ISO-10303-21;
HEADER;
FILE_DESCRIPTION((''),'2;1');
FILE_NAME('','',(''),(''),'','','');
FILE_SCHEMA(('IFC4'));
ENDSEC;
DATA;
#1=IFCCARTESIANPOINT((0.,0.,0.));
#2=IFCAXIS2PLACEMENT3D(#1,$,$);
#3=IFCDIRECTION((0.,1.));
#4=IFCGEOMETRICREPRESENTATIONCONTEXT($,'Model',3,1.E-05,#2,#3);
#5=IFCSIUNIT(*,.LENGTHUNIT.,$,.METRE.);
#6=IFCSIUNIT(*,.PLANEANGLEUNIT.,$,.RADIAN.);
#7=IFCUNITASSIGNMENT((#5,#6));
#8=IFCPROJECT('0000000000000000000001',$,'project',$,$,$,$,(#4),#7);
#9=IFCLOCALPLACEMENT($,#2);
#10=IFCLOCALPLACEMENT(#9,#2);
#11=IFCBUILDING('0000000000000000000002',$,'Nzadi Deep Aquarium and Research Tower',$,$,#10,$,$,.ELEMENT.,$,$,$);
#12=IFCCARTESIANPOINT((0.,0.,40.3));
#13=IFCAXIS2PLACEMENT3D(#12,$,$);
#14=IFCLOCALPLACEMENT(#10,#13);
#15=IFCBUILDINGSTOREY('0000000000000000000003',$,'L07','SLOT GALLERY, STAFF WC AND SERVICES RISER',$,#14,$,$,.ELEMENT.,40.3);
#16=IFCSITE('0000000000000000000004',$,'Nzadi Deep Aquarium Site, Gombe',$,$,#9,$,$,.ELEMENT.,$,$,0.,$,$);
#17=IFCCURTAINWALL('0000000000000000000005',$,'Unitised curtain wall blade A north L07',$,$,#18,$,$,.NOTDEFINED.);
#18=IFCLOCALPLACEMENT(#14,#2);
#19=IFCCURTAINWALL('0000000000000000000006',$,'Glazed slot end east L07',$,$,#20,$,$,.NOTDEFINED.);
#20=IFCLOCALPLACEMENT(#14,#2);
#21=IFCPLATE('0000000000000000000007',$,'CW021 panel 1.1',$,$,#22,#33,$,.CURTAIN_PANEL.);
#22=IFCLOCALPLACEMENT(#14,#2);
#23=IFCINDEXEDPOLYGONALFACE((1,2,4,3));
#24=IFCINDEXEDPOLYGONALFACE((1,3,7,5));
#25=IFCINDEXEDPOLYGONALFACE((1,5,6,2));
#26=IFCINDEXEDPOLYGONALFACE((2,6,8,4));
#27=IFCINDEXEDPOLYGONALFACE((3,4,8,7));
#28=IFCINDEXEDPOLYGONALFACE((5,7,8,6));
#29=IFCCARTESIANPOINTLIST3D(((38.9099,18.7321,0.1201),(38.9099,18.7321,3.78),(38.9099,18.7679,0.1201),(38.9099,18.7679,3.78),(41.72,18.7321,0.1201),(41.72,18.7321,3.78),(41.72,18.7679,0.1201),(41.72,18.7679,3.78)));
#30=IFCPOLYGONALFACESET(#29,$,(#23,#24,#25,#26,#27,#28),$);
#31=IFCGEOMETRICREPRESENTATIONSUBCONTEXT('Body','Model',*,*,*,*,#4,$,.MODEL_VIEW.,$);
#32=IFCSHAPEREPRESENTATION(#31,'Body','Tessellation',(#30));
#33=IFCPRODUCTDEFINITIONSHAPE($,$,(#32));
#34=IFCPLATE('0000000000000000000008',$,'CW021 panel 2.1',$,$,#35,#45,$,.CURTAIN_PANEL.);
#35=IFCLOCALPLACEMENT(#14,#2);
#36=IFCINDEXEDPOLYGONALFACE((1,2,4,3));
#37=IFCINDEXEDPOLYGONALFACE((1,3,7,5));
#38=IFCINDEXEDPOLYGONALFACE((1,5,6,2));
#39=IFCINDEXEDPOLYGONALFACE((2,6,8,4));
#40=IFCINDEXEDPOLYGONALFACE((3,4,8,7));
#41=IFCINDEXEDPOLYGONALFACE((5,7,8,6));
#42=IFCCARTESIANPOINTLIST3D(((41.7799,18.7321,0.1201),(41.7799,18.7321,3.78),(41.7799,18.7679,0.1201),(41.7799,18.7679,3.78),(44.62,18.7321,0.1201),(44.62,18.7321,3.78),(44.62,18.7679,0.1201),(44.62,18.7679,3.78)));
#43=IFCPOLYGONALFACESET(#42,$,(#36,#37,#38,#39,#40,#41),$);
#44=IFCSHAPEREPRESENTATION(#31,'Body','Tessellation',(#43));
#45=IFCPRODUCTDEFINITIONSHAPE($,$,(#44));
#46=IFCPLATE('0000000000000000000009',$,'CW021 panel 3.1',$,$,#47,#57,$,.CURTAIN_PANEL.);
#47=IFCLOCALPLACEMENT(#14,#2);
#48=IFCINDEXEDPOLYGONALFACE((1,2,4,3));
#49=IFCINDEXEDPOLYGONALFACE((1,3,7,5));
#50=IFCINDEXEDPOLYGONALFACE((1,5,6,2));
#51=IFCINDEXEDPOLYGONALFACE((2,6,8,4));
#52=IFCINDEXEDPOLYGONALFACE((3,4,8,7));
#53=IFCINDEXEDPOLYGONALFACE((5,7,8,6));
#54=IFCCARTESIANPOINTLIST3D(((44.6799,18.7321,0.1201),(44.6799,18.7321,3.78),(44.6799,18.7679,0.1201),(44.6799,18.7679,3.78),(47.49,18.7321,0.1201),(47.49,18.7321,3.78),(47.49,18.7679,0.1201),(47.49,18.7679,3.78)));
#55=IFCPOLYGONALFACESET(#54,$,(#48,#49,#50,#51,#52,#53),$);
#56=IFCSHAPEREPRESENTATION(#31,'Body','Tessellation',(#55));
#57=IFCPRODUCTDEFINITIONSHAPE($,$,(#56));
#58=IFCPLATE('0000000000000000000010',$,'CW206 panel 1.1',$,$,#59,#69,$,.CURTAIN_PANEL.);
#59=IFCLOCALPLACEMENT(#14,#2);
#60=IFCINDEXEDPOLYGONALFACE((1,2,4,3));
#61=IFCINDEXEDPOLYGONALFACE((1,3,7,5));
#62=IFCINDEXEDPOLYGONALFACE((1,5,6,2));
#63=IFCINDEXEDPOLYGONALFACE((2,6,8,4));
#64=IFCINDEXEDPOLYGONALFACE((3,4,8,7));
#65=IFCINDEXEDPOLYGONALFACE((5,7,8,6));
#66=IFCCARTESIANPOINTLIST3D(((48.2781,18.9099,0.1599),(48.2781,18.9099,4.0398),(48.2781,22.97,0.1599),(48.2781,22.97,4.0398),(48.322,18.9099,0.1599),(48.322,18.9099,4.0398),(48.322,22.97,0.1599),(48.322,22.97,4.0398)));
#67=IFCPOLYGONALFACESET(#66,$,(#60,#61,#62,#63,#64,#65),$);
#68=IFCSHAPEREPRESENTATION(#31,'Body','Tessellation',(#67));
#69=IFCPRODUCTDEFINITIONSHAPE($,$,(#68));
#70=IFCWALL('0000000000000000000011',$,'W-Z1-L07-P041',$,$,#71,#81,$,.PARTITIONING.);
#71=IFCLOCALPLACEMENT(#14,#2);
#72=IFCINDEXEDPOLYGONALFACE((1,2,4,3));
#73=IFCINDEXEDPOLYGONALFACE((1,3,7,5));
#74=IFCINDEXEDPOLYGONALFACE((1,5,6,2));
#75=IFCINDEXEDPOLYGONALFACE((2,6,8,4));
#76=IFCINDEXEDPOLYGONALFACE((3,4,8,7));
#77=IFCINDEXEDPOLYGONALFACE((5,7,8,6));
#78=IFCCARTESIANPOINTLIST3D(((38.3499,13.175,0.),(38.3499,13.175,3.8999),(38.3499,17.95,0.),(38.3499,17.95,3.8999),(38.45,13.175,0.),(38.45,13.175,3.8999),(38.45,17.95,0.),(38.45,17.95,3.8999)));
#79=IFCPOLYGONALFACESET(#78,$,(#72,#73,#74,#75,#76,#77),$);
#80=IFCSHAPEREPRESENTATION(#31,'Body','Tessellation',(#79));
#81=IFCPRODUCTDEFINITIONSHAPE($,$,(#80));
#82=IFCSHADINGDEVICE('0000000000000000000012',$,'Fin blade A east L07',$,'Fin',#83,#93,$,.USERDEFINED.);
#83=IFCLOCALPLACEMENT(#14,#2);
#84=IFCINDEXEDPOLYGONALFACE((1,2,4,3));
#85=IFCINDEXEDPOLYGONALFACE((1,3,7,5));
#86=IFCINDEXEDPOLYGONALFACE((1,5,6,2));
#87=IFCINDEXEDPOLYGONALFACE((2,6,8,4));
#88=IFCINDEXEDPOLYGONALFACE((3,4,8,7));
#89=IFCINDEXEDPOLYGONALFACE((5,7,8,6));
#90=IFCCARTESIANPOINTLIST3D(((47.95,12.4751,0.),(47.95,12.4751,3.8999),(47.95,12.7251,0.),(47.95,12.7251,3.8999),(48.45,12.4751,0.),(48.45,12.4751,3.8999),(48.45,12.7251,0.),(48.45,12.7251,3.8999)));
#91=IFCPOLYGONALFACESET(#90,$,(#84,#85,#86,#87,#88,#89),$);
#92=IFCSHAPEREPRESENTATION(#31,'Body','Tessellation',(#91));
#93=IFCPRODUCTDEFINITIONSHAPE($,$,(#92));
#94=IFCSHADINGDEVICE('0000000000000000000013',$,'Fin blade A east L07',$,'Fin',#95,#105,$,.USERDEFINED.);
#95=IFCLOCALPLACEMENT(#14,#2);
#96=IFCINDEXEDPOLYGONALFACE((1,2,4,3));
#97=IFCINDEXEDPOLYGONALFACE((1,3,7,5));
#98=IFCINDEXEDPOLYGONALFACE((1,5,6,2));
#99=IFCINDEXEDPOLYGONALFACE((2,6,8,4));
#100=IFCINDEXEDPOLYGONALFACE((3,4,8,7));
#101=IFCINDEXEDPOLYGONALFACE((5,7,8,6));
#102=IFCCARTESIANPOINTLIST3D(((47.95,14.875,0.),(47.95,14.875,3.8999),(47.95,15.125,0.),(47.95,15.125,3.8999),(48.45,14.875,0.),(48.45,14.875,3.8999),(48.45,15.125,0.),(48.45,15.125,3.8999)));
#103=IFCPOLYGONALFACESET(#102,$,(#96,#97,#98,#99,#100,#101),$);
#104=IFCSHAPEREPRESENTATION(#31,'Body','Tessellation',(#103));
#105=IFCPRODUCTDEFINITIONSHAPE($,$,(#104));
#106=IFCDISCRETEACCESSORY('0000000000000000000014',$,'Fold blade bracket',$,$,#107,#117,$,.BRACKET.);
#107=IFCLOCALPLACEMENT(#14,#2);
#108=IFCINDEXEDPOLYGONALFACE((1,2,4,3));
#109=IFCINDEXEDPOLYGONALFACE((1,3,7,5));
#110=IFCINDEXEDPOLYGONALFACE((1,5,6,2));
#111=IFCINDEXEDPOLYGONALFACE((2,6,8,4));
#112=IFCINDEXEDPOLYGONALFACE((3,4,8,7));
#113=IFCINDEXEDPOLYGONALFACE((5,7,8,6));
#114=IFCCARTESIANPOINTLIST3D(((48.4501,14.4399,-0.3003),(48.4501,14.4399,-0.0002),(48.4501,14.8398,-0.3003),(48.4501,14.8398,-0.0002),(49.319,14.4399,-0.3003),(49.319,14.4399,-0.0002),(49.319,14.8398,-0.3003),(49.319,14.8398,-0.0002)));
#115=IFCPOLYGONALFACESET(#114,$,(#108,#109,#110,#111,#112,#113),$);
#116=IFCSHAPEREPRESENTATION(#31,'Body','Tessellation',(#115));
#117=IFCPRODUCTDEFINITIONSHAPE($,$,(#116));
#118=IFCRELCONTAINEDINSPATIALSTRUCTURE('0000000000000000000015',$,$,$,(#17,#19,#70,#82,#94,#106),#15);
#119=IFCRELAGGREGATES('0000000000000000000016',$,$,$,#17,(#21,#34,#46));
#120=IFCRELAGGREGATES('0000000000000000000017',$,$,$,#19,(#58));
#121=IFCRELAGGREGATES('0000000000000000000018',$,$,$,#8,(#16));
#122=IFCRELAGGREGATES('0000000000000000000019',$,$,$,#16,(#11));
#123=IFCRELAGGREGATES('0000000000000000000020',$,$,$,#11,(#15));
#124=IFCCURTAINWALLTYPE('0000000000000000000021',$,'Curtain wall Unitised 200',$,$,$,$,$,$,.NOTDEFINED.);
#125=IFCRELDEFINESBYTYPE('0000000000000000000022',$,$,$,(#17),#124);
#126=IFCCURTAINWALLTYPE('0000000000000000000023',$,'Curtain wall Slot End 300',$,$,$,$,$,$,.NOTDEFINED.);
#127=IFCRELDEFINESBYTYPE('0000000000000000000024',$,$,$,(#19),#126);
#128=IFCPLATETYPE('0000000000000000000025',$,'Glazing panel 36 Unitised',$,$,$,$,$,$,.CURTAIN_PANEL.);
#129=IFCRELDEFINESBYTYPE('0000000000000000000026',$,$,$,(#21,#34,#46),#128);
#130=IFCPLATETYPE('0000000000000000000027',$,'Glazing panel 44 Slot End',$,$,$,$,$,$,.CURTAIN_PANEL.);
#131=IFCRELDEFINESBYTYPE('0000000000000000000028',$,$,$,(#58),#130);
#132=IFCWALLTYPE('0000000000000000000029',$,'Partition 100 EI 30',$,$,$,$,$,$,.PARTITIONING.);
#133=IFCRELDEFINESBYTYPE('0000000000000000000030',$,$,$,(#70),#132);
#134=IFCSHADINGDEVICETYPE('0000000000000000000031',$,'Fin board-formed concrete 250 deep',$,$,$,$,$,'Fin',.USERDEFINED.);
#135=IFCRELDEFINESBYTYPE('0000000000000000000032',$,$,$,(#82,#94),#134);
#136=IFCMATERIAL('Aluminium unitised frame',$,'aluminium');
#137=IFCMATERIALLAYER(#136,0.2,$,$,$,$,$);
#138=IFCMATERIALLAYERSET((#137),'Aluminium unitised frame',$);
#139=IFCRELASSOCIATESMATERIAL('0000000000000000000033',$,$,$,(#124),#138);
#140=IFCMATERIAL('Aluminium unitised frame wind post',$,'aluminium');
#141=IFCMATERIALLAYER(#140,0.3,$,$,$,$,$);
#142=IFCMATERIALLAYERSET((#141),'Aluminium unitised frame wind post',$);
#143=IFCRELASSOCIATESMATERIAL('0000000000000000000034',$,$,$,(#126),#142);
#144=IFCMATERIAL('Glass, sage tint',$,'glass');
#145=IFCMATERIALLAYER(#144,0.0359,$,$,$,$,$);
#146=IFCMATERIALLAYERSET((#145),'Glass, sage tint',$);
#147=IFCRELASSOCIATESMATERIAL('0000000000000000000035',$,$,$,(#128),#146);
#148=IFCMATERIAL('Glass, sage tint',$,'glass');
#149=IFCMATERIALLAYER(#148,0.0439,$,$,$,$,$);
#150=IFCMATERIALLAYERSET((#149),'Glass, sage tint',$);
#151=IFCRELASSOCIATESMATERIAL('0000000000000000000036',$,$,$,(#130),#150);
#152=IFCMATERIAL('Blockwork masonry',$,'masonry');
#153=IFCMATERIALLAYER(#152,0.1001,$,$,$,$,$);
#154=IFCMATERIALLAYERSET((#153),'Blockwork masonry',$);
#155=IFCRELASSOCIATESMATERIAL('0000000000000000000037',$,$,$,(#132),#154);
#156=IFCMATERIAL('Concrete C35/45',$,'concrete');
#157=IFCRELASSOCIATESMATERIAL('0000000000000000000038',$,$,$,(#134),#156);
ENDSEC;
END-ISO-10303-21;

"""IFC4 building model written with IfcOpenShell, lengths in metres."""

from ifc_helpers import new_model, si_unit, direction, frame, frame_2d, origin, origin_2d, place, context, subcontext, project, spatial, rectangle, extrude, material, layer, layer_set, type_object, element, aggregate, save


model = new_model("IFC4")

# Units and contexts
model_context = context("Model", 3, precision=1e-05, world=origin(), true_north=direction((0.0, 1.0)))
body_context = subcontext(model_context, "Body", "Model", "MODEL_VIEW")
ifc_project = project(units=[si_unit("LENGTHUNIT", "METRE"), si_unit("PLANEANGLEUNIT", "RADIAN")], contexts=[model_context])

# Site, building, storey
site_placement = place(None, origin())
site = spatial("IfcSite", under=ifc_project, at=site_placement, Name="Nzadi Deep Aquarium Site, Gombe", CompositionType="ELEMENT", RefElevation=0.0)
building_placement = place(site_placement, origin())
building = spatial("IfcBuilding", under=site, at=building_placement, Name="Nzadi Deep Aquarium and Research Tower", CompositionType="ELEMENT")
storey_placement = place(building_placement, frame((0.0, 0.0, 40.3)))
storey = spatial("IfcBuildingStorey", under=building, at=storey_placement, Name="L07", Description="SLOT GALLERY, STAFF WC AND SERVICES RISER", CompositionType="ELEMENT", Elevation=40.3)

# Shared definitions
ifc_material_1 = material(Name="Aluminium unitised frame", Category="aluminium")
ifc_layer_1 = layer(ifc_material_1, 0.2)
ifc_layer_set_1 = layer_set([ifc_layer_1], Name="Aluminium unitised frame")
curtain_wall_type_1 = type_object("IfcCurtainWallType", Name="Curtain wall Unitised 200", PredefinedType="NOTDEFINED", material=ifc_layer_set_1)

# Curtain walls
curtain_wall_1_placement = place(storey_placement, origin())
curtain_wall_1 = element("IfcCurtainWall", 1, at=curtain_wall_1_placement, inside=storey, type_object=curtain_wall_type_1, Name="Unitised curtain wall blade A north L07", PredefinedType="NOTDEFINED")
ifc_material_2 = material(Name="Aluminium unitised frame wind post", Category="aluminium")
ifc_layer_2 = layer(ifc_material_2, 0.3)
ifc_layer_set_2 = layer_set([ifc_layer_2], Name="Aluminium unitised frame wind post")
curtain_wall_type_2 = type_object("IfcCurtainWallType", Name="Curtain wall Slot End 300", PredefinedType="NOTDEFINED", material=ifc_layer_set_2)
curtain_wall_2_placement = place(storey_placement, origin())
curtain_wall_2 = element("IfcCurtainWall", 2, at=curtain_wall_2_placement, inside=storey, type_object=curtain_wall_type_2, Name="Glazed slot end east L07", PredefinedType="NOTDEFINED")

# Plates
ifc_material_3 = material(Name="Glass, sage tint", Category="glass")
ifc_layer_3 = layer(ifc_material_3, 0.0359)
ifc_layer_set_3 = layer_set([ifc_layer_3], Name="Glass, sage tint")
plate_type_1 = type_object("IfcPlateType", Name="Glazing panel 36 Unitised", PredefinedType="CURTAIN_PANEL", material=ifc_layer_set_3)
plate_1_placement = place(storey_placement, frame((40.3149, 18.75, 0.1201), z_axis=(0.0, 0.0, 1.0), x_axis=(1.0, 0.0, 0.0)))
plate_1 = element("IfcPlate", 3, at=plate_1_placement, type_object=plate_type_1, Name="CW021 panel 1.1", PredefinedType="CURTAIN_PANEL", context=body_context, shape_type="SweptSolid", body=[
    extrude(rectangle(XDim=2.8101, YDim=0.0359, at=origin_2d()), origin(), (0.0, 0.0, 1.0), 3.6599),
])
plate_2_placement = place(storey_placement, frame((43.2, 18.75, 0.1201), z_axis=(0.0, 0.0, 1.0), x_axis=(1.0, 0.0, 0.0)))
plate_2 = element("IfcPlate", 4, at=plate_2_placement, type_object=plate_type_1, Name="CW021 panel 2.1", PredefinedType="CURTAIN_PANEL", context=body_context, shape_type="SweptSolid", body=[
    extrude(rectangle(XDim=2.8401, YDim=0.0359, at=origin_2d()), origin(), (0.0, 0.0, 1.0), 3.6599),
])
plate_3_placement = place(storey_placement, frame((46.085, 18.75, 0.1201), z_axis=(0.0, 0.0, 1.0), x_axis=(1.0, 0.0, 0.0)))
plate_3 = element("IfcPlate", 5, at=plate_3_placement, type_object=plate_type_1, Name="CW021 panel 3.1", PredefinedType="CURTAIN_PANEL", context=body_context, shape_type="SweptSolid", body=[
    extrude(rectangle(XDim=2.8101, YDim=0.0359, at=origin_2d()), origin(), (0.0, 0.0, 1.0), 3.6599),
])
aggregate(curtain_wall_1, [plate_1, plate_2, plate_3])
ifc_material_4 = material(Name="Glass, sage tint", Category="glass")
ifc_layer_4 = layer(ifc_material_4, 0.0439)
ifc_layer_set_4 = layer_set([ifc_layer_4], Name="Glass, sage tint")
plate_type_2 = type_object("IfcPlateType", Name="Glazing panel 44 Slot End", PredefinedType="CURTAIN_PANEL", material=ifc_layer_set_4)
plate_4_placement = place(storey_placement, frame((48.3, 20.9399, 0.1599), z_axis=(0.0, 0.0, 1.0), x_axis=(0.0, 1.0, 0.0)))
plate_4 = element("IfcPlate", 6, at=plate_4_placement, type_object=plate_type_2, Name="CW206 panel 1.1", PredefinedType="CURTAIN_PANEL", context=body_context, shape_type="SweptSolid", body=[
    extrude(rectangle(XDim=4.0601, YDim=0.0439, at=origin_2d()), origin(), (0.0, 0.0, 1.0), 3.8799),
])
aggregate(curtain_wall_2, [plate_4])

# Wall
ifc_material_5 = material(Name="Blockwork masonry", Category="masonry")
ifc_layer_5 = layer(ifc_material_5, 0.1001)
ifc_layer_set_5 = layer_set([ifc_layer_5], Name="Blockwork masonry")
wall_type = type_object("IfcWallType", Name="Partition 100 EI 30", PredefinedType="PARTITIONING", material=ifc_layer_set_5)
wall_placement = place(storey_placement, frame((38.3999, 13.175, 0.0), z_axis=(0.0, 0.0, 1.0), x_axis=(0.0, 1.0, 0.0)))
element("IfcWall", 7, at=wall_placement, inside=storey, type_object=wall_type, Name="W-Z1-L07-P041", PredefinedType="PARTITIONING", context=body_context, shape_type="SweptSolid", body=[
    extrude(rectangle(XDim=4.7749, YDim=0.1001, at=frame_2d((2.3875, 0.0))), origin(), (0.0, 0.0, 1.0), 3.8999),
])

# Shading devices
ifc_material_6 = material(Name="Concrete C35/45", Category="concrete")
shading_device_type = type_object("IfcShadingDeviceType", Name="Fin board-formed concrete 250 deep", ElementType="Fin", PredefinedType="USERDEFINED", material=ifc_material_6)
for number, where, z_axis, x_axis, name in (
    (8, (48.2, 12.6001, 0.0), (0.0, 0.0, 1.0), (1.0, 0.0, 0.0), "Fin blade A east L07"),
    (9, (48.2, 15.0, 0.0), (0.0, 0.0, 1.0), (1.0, 0.0, 0.0), "Fin blade A east L07"),
):
    element("IfcShadingDevice", number, at=place(storey_placement, frame(where, z_axis=z_axis, x_axis=x_axis)), inside=storey, type_object=shading_device_type, Name=name, ObjectType="Fin", PredefinedType="USERDEFINED", context=body_context, shape_type="SweptSolid", body=[
        extrude(rectangle(XDim=0.5, YDim=0.25, at=origin_2d()), origin(), (0.0, 0.0, 1.0), 3.8999),
    ])

# Discrete accessory
discrete_accessory_placement = place(storey_placement, frame((48.8845, 14.6399, -0.3003), z_axis=(0.0, 0.0, 1.0), x_axis=(1.0, 0.0, 0.0)))
element("IfcDiscreteAccessory", 10, at=discrete_accessory_placement, inside=storey, Name="Fold blade bracket", PredefinedType="BRACKET", context=body_context, shape_type="SweptSolid", body=[
    extrude(rectangle(XDim=0.8689, YDim=0.3999, at=origin_2d()), origin(), (0.0, 0.0, 1.0), 0.3),
])

save(model, "model.ifc")
